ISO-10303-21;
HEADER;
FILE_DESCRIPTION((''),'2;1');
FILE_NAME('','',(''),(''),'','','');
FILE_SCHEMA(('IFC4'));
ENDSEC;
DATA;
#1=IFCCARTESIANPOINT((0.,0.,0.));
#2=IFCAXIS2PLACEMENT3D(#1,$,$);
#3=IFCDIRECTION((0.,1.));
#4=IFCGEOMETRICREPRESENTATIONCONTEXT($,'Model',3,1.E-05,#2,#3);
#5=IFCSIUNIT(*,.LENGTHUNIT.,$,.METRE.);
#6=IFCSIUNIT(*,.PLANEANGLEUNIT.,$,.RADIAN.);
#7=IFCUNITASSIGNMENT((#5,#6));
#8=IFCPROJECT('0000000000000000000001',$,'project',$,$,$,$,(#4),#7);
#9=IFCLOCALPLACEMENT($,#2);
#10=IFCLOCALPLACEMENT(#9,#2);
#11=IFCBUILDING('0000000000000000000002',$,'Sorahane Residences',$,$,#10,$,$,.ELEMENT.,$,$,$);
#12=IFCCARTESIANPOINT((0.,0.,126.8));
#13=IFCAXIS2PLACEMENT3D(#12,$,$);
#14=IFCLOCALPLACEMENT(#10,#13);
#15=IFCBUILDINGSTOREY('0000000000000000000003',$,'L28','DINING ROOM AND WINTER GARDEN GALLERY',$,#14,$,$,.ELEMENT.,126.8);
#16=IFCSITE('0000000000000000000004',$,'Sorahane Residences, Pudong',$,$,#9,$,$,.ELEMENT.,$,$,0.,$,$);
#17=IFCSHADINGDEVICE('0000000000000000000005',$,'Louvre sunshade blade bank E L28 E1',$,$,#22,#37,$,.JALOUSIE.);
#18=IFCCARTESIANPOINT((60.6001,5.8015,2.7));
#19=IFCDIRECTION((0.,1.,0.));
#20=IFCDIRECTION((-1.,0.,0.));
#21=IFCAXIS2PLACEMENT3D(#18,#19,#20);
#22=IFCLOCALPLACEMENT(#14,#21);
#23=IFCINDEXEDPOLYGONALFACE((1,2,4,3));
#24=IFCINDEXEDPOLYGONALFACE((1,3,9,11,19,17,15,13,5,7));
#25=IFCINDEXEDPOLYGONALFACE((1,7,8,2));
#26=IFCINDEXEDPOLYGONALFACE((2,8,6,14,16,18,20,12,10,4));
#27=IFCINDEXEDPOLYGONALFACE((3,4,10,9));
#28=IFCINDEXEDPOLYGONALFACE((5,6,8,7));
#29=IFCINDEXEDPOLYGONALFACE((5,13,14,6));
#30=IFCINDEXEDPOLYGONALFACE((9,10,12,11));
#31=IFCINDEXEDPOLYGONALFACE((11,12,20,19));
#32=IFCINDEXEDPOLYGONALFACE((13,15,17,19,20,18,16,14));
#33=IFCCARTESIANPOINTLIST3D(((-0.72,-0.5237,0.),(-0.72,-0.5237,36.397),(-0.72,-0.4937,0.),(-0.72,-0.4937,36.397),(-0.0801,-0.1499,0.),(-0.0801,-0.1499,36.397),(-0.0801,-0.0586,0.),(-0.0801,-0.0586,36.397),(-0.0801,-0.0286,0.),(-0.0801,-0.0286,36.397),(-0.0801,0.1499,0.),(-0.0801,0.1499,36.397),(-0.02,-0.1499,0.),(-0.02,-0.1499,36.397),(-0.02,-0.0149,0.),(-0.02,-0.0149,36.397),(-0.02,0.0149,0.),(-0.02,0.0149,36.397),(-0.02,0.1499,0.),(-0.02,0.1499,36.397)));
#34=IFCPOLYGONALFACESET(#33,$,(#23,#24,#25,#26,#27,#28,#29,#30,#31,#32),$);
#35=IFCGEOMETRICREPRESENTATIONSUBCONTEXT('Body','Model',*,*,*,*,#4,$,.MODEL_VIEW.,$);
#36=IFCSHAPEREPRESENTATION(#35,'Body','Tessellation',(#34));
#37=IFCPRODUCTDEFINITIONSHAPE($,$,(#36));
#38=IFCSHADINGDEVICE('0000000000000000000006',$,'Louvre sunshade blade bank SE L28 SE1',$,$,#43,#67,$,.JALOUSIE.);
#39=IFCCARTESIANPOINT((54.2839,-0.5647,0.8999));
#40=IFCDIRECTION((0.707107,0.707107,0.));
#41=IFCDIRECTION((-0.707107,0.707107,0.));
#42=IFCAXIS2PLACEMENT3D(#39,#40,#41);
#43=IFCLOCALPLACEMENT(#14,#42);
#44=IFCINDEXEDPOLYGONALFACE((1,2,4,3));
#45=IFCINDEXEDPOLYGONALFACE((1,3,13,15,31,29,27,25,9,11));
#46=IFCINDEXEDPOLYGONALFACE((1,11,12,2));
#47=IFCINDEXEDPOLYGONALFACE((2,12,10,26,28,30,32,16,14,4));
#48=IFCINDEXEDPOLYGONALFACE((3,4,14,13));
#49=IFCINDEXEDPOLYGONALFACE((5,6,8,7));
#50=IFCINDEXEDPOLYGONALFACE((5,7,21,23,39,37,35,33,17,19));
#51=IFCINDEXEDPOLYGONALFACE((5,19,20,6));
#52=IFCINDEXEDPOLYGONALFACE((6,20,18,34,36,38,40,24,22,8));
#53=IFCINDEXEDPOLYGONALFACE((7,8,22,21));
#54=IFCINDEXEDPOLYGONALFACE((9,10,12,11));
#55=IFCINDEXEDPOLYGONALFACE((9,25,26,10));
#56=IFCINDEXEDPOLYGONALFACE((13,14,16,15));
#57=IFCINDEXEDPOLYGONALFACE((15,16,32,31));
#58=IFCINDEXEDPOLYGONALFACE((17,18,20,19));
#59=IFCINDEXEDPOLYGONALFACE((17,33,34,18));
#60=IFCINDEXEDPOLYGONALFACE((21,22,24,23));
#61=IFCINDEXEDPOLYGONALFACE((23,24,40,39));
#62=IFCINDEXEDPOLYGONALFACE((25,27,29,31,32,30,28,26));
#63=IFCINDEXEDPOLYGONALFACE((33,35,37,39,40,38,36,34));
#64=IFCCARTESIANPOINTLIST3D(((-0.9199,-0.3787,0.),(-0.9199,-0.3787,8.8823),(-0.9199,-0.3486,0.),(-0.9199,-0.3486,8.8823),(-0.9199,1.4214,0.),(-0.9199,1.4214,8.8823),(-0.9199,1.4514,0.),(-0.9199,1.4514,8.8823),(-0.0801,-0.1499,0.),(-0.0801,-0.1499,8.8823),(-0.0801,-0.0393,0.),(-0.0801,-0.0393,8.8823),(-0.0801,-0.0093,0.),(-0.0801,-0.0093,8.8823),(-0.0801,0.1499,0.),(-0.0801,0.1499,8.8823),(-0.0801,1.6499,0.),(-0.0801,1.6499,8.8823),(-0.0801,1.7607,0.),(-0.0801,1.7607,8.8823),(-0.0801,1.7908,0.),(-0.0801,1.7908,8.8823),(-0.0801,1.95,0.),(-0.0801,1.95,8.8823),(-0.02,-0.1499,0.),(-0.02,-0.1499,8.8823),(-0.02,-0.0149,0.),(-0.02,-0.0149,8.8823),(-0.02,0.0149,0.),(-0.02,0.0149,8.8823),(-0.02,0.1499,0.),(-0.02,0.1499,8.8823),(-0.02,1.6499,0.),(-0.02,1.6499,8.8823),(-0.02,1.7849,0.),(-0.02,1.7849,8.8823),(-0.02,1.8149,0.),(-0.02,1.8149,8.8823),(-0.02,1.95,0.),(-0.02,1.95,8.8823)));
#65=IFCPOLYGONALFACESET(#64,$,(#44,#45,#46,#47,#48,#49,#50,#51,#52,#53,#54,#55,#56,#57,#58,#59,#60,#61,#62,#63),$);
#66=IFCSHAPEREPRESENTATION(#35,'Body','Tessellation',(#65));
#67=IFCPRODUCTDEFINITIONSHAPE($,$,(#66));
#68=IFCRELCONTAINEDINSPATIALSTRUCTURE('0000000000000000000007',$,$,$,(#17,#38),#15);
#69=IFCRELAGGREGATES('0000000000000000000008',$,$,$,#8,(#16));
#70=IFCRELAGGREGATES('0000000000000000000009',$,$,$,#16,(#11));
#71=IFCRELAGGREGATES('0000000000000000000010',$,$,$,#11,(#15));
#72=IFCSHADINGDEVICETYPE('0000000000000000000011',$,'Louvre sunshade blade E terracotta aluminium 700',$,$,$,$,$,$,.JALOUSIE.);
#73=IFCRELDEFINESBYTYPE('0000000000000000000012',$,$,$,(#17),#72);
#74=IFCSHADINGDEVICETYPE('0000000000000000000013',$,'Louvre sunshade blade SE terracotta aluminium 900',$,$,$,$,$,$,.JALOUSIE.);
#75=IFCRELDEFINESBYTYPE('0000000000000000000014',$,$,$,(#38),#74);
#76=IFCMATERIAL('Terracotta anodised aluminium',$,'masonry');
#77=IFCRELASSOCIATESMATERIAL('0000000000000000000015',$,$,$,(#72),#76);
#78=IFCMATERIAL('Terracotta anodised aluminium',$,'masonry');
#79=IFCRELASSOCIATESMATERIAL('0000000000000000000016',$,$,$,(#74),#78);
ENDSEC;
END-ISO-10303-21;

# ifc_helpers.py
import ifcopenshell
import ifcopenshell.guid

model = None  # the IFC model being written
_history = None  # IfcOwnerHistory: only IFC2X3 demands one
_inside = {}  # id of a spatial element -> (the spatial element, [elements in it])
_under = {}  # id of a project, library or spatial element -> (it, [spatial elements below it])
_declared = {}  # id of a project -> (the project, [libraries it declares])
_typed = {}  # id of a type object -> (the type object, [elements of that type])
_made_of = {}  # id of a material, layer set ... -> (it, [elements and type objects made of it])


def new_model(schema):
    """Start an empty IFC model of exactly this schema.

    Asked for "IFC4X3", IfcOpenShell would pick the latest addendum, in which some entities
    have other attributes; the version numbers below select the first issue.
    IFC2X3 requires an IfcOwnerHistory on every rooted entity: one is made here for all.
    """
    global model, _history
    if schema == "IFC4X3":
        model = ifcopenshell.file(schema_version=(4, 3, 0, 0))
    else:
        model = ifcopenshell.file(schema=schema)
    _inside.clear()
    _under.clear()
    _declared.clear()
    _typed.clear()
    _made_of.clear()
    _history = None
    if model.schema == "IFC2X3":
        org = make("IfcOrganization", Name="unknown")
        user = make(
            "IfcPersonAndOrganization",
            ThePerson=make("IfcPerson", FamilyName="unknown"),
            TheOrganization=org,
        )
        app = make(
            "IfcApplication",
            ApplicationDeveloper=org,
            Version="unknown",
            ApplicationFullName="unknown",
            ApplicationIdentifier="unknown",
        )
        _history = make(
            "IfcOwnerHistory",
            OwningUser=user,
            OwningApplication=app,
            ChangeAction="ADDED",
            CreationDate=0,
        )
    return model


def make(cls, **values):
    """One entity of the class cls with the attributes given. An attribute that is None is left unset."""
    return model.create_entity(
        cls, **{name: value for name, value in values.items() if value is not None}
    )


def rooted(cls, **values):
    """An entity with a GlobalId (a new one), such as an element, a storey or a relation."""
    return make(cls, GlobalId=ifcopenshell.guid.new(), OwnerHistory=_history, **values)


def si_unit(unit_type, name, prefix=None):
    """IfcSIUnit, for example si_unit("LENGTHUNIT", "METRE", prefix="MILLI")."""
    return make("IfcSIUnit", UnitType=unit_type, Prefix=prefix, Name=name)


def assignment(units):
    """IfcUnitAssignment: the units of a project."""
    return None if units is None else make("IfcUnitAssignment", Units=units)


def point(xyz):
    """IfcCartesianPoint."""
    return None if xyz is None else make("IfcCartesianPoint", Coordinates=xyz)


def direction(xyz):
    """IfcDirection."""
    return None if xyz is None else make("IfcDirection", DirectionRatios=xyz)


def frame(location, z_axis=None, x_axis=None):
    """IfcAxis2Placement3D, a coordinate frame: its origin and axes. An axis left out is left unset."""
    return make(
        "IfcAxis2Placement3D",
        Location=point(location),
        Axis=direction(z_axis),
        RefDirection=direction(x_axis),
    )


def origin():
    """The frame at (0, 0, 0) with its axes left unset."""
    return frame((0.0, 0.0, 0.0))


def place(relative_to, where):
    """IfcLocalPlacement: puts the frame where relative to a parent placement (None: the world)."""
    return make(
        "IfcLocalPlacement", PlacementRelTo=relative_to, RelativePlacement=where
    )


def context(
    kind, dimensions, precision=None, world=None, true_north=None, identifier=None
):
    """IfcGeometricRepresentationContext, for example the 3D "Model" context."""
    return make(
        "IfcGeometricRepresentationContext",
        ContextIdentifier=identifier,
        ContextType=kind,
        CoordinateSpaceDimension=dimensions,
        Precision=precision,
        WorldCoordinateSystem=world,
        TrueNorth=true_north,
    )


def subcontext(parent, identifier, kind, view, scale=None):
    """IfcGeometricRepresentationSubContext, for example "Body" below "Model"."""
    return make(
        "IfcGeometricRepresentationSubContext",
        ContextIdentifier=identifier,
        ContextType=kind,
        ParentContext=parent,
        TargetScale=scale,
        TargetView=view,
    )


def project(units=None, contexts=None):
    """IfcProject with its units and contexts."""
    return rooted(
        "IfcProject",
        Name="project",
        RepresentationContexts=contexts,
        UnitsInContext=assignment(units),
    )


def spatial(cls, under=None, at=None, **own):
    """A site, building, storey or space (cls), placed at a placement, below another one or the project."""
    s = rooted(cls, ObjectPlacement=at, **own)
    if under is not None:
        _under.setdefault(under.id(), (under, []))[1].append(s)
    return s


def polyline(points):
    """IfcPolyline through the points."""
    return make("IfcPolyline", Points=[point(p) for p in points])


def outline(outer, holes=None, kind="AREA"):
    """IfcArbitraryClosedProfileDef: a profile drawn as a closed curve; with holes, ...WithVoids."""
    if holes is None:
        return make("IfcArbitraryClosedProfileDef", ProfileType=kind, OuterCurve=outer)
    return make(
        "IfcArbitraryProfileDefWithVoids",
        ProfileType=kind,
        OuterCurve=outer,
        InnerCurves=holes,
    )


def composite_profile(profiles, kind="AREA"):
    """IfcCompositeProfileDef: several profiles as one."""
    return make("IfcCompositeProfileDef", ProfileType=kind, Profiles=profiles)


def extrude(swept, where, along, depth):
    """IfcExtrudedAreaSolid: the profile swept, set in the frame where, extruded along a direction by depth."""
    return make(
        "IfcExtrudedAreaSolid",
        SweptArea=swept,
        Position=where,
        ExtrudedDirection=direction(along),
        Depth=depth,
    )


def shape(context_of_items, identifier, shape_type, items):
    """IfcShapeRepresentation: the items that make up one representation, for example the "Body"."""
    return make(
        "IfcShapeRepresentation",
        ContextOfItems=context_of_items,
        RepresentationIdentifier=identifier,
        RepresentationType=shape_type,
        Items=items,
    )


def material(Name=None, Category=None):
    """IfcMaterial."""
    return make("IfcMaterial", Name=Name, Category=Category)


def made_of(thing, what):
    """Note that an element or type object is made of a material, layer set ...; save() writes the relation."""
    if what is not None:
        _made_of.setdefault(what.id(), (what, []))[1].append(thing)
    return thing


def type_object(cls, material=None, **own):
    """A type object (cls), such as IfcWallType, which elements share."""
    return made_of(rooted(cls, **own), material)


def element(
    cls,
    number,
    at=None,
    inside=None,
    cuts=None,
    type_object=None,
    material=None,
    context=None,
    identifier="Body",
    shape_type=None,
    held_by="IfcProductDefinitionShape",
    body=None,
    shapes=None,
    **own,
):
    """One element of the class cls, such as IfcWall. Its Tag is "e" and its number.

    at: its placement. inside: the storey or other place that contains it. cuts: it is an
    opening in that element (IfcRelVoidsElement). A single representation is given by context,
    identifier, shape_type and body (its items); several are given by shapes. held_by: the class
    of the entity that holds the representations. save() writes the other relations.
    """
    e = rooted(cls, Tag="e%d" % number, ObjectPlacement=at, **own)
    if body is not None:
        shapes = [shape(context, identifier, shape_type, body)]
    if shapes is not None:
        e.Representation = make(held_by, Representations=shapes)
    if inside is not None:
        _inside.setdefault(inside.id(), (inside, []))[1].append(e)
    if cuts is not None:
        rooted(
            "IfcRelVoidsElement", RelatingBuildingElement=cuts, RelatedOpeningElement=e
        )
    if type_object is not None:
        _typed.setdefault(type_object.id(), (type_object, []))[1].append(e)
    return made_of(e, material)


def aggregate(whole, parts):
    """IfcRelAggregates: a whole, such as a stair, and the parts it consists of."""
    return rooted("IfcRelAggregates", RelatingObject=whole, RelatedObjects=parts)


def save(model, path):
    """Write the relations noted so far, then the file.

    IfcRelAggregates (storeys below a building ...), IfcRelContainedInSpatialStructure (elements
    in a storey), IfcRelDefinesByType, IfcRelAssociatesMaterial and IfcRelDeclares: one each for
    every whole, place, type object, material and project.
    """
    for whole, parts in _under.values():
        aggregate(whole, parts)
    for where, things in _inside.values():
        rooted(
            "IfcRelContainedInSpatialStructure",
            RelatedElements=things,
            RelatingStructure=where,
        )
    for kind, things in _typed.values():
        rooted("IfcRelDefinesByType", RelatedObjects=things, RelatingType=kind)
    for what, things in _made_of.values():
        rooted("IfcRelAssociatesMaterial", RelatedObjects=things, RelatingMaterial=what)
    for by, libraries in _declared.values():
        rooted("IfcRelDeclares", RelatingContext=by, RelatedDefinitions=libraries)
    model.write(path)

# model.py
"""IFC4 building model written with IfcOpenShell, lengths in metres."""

from ifc_helpers import new_model, si_unit, direction, frame, origin, place, context, subcontext, project, spatial, polyline, outline, composite_profile, extrude, material, type_object, element, save


model = new_model("IFC4")

# Units and contexts
model_context = context("Model", 3, precision=1e-05, world=origin(), true_north=direction((0.0, 1.0)))
body_context = subcontext(model_context, "Body", "Model", "MODEL_VIEW")
ifc_project = project(units=[si_unit("LENGTHUNIT", "METRE"), si_unit("PLANEANGLEUNIT", "RADIAN")], contexts=[model_context])

# Site, building, storey
site_placement = place(None, origin())
site = spatial("IfcSite", under=ifc_project, at=site_placement, Name="Sorahane Residences, Pudong", CompositionType="ELEMENT", RefElevation=0.0)
building_placement = place(site_placement, origin())
building = spatial("IfcBuilding", under=site, at=building_placement, Name="Sorahane Residences", CompositionType="ELEMENT")
storey_placement = place(building_placement, frame((0.0, 0.0, 126.8)))
storey = spatial("IfcBuildingStorey", under=building, at=storey_placement, Name="L28", Description="DINING ROOM AND WINTER GARDEN GALLERY", CompositionType="ELEMENT", Elevation=126.8)

# Shading devices
ifc_material_1 = material(Name="Terracotta anodised aluminium", Category="masonry")
shading_device_type_1 = type_object("IfcShadingDeviceType", Name="Louvre sunshade blade E terracotta aluminium 700", PredefinedType="JALOUSIE", material=ifc_material_1)
shading_device_1_placement = place(storey_placement, frame((60.6001, 5.8015, 2.7), z_axis=(0.0, 1.0, 0.0), x_axis=(-1.0, 0.0, 0.0)))
element("IfcShadingDevice", 1, at=shading_device_1_placement, inside=storey, type_object=shading_device_type_1, Name="Louvre sunshade blade bank E L28 E1", PredefinedType="JALOUSIE", context=body_context, shape_type="SweptSolid", body=[
    extrude(outline(polyline([(-0.72, -0.4937), (-0.72, -0.5237), (-0.0801, -0.0586), (-0.0801, -0.1499), (-0.02, -0.1499), (-0.02, -0.0149), (-0.02, 0.0149), (-0.02, 0.1499), (-0.0801, 0.1499), (-0.0801, -0.0286), (-0.72, -0.4937)])), origin(), (0.0, 0.0, 1.0), 36.397),
])
ifc_material_2 = material(Name="Terracotta anodised aluminium", Category="masonry")
shading_device_type_2 = type_object("IfcShadingDeviceType", Name="Louvre sunshade blade SE terracotta aluminium 900", PredefinedType="JALOUSIE", material=ifc_material_2)
shading_device_2_placement = place(storey_placement, frame((54.2839, -0.5647, 0.8999), z_axis=(0.707107, 0.707107, 0.0), x_axis=(-0.707107, 0.707107, 0.0)))
element("IfcShadingDevice", 2, at=shading_device_2_placement, inside=storey, type_object=shading_device_type_2, Name="Louvre sunshade blade bank SE L28 SE1", PredefinedType="JALOUSIE", context=body_context, shape_type="SweptSolid", body=[
    extrude(composite_profile([outline(polyline([(-0.9199, -0.3486), (-0.9199, -0.3787), (-0.0801, -0.0393), (-0.0801, -0.1499), (-0.02, -0.1499), (-0.02, -0.0149), (-0.02, 0.0149), (-0.02, 0.1499), (-0.0801, 0.1499), (-0.0801, -0.0093), (-0.9199, -0.3486)])), outline(polyline([(-0.9199, 1.4514), (-0.9199, 1.4214), (-0.0801, 1.7607), (-0.0801, 1.6499), (-0.02, 1.6499), (-0.02, 1.7849), (-0.02, 1.8149), (-0.02, 1.95), (-0.0801, 1.95), (-0.0801, 1.7908), (-0.9199, 1.4514)]))]), origin(), (0.0, 0.0, 1.0), 8.8823),
])

save(model, "model.ifc")
